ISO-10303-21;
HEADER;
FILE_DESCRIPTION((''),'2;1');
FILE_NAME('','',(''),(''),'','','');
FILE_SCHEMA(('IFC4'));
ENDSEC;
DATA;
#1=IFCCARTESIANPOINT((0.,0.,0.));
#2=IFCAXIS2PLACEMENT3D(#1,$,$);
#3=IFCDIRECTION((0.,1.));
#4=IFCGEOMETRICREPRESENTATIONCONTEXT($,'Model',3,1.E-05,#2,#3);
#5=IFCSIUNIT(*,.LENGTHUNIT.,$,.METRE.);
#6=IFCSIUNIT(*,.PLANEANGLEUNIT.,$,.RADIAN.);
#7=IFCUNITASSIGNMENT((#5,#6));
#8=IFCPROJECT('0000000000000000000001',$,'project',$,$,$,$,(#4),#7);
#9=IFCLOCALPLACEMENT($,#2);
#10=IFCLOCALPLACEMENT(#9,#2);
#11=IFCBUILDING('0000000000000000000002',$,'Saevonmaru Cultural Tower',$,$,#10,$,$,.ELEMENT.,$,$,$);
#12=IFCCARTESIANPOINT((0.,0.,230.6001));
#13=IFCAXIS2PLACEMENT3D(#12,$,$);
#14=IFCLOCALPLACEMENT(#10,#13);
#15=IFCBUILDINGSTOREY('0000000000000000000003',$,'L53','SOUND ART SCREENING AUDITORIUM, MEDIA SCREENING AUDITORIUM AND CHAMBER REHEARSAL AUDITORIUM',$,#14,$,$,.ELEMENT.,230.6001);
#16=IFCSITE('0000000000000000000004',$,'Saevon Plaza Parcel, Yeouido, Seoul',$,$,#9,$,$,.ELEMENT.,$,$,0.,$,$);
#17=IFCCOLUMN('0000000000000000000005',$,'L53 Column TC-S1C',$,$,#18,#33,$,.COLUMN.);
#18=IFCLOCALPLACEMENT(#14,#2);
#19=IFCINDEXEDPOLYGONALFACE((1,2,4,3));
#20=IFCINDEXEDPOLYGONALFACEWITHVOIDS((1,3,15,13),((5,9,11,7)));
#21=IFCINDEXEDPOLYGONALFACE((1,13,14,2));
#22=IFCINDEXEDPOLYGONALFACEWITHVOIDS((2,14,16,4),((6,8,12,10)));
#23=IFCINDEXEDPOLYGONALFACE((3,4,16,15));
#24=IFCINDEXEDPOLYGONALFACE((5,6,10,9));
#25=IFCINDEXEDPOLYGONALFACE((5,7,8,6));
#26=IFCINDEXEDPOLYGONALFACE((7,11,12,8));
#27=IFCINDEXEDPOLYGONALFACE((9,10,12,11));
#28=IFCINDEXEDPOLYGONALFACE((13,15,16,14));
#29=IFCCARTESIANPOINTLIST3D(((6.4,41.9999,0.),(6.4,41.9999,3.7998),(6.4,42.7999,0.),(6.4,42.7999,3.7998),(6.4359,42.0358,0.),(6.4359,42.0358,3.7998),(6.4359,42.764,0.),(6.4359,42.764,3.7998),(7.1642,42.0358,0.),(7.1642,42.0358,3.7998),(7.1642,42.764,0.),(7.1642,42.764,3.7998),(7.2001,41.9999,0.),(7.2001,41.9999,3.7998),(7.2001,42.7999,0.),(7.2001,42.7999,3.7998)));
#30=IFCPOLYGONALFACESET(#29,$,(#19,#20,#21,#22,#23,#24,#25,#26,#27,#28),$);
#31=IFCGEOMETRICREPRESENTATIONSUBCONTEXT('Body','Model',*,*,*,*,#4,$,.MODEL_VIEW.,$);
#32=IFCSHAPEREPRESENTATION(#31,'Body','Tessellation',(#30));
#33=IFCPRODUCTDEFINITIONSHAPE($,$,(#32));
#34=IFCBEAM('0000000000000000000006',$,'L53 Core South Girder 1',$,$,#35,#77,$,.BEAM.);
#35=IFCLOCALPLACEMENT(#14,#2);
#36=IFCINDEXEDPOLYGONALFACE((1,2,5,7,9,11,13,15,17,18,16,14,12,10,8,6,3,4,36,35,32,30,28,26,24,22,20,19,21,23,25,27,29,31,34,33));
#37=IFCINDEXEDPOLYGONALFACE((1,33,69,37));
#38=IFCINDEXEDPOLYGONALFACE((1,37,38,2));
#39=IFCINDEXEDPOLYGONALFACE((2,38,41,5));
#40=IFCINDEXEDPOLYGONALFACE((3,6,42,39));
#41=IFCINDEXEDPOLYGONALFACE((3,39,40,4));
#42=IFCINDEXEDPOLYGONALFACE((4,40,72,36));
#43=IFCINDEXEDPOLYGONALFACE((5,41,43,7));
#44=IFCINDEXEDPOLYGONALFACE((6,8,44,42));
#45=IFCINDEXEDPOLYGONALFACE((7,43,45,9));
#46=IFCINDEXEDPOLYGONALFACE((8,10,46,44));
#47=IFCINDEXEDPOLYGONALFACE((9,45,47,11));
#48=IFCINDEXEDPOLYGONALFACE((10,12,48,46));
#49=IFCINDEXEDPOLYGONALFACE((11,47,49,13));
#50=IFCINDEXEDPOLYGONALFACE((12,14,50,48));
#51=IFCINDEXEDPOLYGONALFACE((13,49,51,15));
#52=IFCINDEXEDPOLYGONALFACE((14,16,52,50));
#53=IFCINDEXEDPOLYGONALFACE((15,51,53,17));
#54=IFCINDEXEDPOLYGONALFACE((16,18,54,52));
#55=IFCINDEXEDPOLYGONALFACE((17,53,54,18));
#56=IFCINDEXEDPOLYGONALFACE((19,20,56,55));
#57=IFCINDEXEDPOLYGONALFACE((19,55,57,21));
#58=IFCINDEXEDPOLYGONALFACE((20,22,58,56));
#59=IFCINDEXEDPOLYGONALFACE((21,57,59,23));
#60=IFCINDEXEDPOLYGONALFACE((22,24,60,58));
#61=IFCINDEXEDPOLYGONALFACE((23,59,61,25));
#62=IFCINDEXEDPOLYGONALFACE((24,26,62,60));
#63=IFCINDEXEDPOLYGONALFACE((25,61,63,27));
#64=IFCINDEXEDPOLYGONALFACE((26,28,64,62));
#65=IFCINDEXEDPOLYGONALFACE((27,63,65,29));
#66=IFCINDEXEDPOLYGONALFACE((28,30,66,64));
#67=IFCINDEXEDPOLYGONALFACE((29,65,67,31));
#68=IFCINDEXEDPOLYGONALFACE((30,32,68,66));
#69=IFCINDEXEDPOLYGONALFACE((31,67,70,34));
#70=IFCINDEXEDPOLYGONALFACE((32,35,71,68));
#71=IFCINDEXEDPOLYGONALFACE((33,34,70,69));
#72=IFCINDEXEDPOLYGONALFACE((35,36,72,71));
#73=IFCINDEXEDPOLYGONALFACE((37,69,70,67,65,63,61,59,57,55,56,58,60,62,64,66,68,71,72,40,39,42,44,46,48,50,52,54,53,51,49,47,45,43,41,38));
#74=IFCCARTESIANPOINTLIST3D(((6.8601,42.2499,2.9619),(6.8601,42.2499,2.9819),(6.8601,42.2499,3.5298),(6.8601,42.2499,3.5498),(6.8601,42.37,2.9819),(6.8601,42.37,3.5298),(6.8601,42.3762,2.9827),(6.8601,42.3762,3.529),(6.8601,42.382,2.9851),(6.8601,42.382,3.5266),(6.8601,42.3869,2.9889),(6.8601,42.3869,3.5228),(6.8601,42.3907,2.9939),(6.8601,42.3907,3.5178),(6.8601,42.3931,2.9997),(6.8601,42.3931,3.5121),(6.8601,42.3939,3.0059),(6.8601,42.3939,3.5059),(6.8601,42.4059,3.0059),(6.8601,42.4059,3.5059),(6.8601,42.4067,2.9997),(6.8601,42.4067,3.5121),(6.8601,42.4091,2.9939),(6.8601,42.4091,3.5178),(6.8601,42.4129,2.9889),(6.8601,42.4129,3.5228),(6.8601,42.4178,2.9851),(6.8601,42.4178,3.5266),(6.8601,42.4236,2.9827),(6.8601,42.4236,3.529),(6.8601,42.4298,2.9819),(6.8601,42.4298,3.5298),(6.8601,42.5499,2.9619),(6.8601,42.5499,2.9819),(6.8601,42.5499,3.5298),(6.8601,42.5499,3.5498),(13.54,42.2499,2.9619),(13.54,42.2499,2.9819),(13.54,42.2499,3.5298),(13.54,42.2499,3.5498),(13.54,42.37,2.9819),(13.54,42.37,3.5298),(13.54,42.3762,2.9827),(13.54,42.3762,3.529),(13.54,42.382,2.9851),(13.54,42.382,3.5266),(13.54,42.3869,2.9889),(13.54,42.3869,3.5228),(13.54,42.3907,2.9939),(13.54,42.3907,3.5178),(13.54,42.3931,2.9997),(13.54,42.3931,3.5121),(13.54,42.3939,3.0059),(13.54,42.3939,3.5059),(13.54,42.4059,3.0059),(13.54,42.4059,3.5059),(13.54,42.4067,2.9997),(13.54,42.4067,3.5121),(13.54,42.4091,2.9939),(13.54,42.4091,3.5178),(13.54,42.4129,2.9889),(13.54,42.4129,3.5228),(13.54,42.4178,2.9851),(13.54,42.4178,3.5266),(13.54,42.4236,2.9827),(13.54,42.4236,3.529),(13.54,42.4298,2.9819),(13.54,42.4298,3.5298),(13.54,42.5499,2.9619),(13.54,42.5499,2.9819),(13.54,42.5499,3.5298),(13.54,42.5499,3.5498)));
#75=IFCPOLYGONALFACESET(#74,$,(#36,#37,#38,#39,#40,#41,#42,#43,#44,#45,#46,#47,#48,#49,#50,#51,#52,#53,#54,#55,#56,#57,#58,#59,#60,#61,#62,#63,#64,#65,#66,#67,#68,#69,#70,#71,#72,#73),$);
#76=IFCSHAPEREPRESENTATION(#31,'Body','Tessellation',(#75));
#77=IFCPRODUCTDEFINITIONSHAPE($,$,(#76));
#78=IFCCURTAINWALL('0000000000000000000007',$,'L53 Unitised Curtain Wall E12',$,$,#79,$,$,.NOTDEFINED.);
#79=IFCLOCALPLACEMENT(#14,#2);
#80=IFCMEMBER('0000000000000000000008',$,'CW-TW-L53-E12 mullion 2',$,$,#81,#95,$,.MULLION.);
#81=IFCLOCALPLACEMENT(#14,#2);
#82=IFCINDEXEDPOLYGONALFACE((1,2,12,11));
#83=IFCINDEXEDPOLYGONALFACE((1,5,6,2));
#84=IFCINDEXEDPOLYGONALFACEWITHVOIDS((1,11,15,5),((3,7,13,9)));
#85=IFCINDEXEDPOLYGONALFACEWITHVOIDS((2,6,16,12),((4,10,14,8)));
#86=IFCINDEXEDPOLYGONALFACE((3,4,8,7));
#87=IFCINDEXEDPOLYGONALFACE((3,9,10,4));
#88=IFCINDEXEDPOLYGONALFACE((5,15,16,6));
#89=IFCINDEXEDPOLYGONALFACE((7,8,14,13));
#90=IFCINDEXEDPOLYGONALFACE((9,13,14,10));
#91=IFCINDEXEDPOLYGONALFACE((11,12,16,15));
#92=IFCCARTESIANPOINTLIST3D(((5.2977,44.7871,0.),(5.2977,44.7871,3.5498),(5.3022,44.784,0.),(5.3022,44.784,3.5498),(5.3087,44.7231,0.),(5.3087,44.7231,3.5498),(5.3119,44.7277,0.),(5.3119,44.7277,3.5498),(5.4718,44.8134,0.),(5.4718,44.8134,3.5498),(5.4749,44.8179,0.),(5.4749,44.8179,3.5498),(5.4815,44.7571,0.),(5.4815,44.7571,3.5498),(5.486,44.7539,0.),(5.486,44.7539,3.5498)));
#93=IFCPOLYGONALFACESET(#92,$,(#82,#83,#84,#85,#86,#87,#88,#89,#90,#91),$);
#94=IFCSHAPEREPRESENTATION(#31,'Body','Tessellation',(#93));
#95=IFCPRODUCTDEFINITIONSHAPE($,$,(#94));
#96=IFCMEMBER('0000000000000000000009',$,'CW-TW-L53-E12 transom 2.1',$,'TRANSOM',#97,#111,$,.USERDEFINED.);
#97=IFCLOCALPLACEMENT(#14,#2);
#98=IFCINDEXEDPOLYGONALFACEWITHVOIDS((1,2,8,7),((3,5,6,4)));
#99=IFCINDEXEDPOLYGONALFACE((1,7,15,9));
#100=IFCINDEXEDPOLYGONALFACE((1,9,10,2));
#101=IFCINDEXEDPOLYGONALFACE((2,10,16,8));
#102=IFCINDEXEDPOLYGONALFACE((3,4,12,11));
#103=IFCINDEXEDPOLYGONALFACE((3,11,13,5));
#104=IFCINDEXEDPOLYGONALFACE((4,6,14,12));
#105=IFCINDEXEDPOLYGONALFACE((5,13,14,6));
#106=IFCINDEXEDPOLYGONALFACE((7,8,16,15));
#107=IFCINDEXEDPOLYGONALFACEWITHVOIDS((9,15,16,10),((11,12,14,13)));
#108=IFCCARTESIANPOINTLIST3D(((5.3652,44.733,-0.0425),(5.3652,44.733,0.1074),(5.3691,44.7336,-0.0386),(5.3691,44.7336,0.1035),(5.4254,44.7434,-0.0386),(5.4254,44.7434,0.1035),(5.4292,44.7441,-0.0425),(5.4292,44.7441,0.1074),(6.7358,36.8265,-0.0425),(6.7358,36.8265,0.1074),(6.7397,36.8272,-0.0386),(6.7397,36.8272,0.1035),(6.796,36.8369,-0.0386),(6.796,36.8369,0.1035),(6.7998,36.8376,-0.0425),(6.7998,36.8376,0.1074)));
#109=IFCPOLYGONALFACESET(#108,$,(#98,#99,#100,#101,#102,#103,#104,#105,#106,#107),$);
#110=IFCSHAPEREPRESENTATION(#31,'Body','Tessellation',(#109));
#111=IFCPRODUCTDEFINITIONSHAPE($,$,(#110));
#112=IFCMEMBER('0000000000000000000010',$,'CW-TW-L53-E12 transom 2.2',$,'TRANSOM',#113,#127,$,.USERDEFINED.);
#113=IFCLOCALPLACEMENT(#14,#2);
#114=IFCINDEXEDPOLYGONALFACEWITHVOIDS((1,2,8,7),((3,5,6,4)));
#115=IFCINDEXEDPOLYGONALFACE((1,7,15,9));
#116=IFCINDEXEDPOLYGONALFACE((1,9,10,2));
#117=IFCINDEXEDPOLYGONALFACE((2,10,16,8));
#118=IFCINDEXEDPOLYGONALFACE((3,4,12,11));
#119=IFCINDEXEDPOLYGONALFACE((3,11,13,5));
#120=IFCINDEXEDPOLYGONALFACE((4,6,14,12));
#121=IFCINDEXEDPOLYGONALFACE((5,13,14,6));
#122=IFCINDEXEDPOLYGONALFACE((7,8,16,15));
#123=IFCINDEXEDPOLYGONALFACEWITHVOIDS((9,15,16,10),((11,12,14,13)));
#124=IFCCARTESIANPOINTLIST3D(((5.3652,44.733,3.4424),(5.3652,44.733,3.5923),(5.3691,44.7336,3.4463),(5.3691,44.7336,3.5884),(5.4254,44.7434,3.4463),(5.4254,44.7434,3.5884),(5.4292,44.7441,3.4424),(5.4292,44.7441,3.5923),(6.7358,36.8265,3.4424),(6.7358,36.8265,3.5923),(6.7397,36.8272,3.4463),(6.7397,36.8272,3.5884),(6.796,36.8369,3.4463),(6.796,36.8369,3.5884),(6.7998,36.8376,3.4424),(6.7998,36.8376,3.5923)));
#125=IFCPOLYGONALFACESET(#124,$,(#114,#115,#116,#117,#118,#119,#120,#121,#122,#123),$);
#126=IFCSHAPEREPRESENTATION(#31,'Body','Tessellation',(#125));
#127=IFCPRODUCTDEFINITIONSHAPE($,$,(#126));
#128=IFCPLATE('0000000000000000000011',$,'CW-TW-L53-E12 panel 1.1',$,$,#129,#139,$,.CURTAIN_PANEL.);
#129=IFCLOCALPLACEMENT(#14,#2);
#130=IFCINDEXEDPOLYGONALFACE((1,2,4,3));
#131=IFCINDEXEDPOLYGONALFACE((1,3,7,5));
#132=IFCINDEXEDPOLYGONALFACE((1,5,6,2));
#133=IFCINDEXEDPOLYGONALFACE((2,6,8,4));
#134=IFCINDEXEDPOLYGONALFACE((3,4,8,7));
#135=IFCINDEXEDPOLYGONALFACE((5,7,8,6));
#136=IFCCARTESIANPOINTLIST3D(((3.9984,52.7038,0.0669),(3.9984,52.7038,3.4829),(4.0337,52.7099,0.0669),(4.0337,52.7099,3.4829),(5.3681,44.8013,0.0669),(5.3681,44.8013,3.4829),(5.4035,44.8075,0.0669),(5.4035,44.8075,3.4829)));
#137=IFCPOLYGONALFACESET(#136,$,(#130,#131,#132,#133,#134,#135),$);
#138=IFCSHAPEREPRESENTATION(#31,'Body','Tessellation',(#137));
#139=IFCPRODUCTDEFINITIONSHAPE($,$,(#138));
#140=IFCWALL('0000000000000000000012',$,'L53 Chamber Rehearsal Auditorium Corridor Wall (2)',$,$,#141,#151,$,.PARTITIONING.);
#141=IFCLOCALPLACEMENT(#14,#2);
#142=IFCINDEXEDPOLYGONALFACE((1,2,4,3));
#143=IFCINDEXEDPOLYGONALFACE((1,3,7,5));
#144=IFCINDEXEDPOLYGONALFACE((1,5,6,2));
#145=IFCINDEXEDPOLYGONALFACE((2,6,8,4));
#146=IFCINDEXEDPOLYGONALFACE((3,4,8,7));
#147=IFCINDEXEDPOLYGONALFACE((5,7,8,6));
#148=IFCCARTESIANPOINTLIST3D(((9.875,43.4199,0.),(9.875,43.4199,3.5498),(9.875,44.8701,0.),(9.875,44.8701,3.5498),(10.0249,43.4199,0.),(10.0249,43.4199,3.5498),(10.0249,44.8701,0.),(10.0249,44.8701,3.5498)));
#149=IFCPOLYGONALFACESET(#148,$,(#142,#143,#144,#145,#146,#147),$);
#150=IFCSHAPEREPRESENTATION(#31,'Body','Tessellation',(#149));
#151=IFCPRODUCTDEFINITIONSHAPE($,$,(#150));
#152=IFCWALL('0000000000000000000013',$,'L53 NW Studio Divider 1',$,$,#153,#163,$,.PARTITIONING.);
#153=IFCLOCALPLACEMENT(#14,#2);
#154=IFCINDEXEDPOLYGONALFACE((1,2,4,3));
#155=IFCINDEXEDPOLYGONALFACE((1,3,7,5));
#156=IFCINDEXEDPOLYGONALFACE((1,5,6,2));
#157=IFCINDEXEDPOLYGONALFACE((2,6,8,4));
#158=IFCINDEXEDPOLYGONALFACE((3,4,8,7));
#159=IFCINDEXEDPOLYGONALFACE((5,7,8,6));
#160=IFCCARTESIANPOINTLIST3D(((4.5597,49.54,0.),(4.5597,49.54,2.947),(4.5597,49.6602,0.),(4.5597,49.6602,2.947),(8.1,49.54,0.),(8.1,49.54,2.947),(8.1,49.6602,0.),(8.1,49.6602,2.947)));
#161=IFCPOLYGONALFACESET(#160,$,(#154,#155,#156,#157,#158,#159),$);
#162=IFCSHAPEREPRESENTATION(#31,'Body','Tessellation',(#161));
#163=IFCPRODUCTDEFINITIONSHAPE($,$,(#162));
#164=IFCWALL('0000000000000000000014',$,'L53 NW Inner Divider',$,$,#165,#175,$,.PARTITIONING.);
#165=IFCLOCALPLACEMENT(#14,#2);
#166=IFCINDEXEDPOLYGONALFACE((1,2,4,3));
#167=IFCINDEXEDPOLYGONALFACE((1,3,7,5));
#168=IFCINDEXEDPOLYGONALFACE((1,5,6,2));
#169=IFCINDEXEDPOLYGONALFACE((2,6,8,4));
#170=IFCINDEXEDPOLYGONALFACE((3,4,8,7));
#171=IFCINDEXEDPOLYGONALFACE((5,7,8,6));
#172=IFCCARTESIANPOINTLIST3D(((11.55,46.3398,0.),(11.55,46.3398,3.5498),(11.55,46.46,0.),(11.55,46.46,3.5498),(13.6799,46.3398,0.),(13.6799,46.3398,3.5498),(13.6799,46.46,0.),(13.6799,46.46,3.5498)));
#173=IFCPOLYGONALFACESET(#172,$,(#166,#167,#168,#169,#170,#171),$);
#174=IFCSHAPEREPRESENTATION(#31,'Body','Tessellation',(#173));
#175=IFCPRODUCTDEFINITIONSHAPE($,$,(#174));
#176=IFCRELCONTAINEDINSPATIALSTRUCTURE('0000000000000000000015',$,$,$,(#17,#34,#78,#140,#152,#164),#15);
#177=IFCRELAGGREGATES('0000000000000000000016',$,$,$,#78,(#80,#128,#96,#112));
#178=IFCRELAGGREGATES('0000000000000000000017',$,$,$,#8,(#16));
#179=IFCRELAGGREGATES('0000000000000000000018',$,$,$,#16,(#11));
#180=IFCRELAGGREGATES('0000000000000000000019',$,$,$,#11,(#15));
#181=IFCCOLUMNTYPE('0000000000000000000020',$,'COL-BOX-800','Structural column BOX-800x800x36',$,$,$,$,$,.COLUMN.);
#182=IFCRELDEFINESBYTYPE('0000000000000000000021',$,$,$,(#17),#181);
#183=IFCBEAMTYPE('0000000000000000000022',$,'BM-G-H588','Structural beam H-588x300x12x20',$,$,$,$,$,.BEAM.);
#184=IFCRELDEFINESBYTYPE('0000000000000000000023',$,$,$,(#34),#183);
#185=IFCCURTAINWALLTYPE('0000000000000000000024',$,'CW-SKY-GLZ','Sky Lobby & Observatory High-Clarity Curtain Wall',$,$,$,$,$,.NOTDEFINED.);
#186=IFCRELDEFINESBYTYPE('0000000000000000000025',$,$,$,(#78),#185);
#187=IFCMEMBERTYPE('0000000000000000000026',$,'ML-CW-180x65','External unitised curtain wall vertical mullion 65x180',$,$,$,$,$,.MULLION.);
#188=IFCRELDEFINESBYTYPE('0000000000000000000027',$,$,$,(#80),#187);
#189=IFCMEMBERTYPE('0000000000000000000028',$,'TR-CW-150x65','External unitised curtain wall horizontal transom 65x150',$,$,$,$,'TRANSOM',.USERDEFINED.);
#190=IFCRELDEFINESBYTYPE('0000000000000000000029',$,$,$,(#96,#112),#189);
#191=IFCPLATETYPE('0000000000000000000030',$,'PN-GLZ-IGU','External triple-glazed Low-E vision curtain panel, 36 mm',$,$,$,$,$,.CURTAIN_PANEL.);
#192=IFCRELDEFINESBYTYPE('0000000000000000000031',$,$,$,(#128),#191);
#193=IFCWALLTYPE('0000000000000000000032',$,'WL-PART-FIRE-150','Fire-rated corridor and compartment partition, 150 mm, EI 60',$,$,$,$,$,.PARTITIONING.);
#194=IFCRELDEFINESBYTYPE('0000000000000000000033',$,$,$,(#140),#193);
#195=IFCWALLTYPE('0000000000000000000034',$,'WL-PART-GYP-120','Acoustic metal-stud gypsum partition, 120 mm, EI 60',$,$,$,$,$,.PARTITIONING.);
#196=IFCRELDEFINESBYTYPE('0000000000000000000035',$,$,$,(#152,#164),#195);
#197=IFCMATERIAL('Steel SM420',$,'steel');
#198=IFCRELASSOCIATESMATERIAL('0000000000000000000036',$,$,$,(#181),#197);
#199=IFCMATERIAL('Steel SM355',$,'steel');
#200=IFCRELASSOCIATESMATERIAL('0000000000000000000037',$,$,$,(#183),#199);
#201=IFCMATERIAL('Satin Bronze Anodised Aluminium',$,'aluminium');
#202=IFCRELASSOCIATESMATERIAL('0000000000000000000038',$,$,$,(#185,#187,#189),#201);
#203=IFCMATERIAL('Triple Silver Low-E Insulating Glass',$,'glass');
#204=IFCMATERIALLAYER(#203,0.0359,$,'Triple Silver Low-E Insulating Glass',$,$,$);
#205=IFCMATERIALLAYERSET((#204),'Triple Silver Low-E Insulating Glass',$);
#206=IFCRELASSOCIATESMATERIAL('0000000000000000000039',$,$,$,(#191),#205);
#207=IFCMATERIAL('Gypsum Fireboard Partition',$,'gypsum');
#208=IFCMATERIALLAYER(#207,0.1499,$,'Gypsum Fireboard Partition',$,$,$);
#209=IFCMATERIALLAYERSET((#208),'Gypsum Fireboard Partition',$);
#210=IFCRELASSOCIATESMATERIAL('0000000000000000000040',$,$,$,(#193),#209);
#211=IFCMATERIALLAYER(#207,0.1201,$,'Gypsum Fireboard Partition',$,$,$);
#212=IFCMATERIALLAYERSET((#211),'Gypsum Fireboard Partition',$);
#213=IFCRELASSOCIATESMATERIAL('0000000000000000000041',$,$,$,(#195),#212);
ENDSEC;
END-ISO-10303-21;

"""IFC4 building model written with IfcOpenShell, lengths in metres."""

from ifc_helpers import new_model, si_unit, direction, frame, frame_2d, origin, origin_2d, place, context, subcontext, project, spatial, rectangle, hollow_rectangle, i_section, extrude, material, layer, layer_set, material_profile, profile_set, type_object, element, aggregate, save


model = new_model("IFC4")

# Units and contexts
model_context = context("Model", 3, precision=1e-05, world=origin(), true_north=direction((0.0, 1.0)))
body_context = subcontext(model_context, "Body", "Model", "MODEL_VIEW")
ifc_project = project(units=[si_unit("LENGTHUNIT", "METRE"), si_unit("PLANEANGLEUNIT", "RADIAN")], contexts=[model_context])

# Site, building, storey
site_placement = place(None, origin())
site = spatial("IfcSite", under=ifc_project, at=site_placement, Name="Saevon Plaza Parcel, Yeouido, Seoul", CompositionType="ELEMENT", RefElevation=0.0)
building_placement = place(site_placement, origin())
building = spatial("IfcBuilding", under=site, at=building_placement, Name="Saevonmaru Cultural Tower", CompositionType="ELEMENT")
storey_placement = place(building_placement, frame((0.0, 0.0, 230.6001)))
storey = spatial("IfcBuildingStorey", under=building, at=storey_placement, Name="L53", Description="SOUND ART SCREENING AUDITORIUM, MEDIA SCREENING AUDITORIUM AND CHAMBER REHEARSAL AUDITORIUM", CompositionType="ELEMENT", Elevation=230.6001)

# Column
ifc_material_1 = material(Name="Steel SM420", Category="steel")
ifc_material_profile_1 = material_profile(ifc_material_1, hollow_rectangle(XDim=0.8, YDim=0.8, WallThickness=0.0359, at=origin_2d()), Name="BOX-800x800x36")
ifc_profile_set_1 = profile_set([ifc_material_profile_1], Name="Steel SM420")
column_type = type_object("IfcColumnType", Name="COL-BOX-800", Description="Structural column BOX-800x800x36", PredefinedType="COLUMN", material=ifc_profile_set_1)
column_placement = place(storey_placement, frame((6.8, 42.3999, 0.0), z_axis=(0.0, 0.0, 1.0), x_axis=(1.0, 0.0, 0.0)))
element("IfcColumn", 1, at=column_placement, inside=storey, type_object=column_type, Name="L53 Column TC-S1C", PredefinedType="COLUMN", context=body_context, shape_type="SweptSolid", body=[
    extrude(hollow_rectangle(XDim=0.8, YDim=0.8, WallThickness=0.0359, at=origin_2d()), origin(), (0.0, 0.0, 1.0), 3.7998),
])

# Beam
ifc_material_2 = material(Name="Steel SM355", Category="steel")
ifc_material_profile_2 = material_profile(ifc_material_2, i_section(OverallWidth=0.3, OverallDepth=0.5879, WebThickness=0.012, FlangeThickness=0.02, FilletRadius=0.0239, at=origin_2d()), Name="H-588x300x12x20")
ifc_profile_set_2 = profile_set([ifc_material_profile_2], Name="Steel SM355")
beam_type = type_object("IfcBeamType", Name="BM-G-H588", Description="Structural beam H-588x300x12x20", PredefinedType="BEAM", material=ifc_profile_set_2)
beam_placement = place(storey_placement, frame((6.8601, 42.3999, 3.2559), z_axis=(1.0, 0.0, 0.0), x_axis=(0.0, 1.0, 0.0)))
element("IfcBeam", 2, at=beam_placement, inside=storey, type_object=beam_type, Name="L53 Core South Girder 1", PredefinedType="BEAM", context=body_context, shape_type="SweptSolid", body=[
    extrude(i_section(OverallWidth=0.3, OverallDepth=0.5879, WebThickness=0.012, FlangeThickness=0.02, FilletRadius=0.0239, at=origin_2d()), origin(), (0.0, 0.0, 1.0), 6.6799),
])

# Curtain wall, members, plate
ifc_material_3 = material(Name="Satin Bronze Anodised Aluminium", Category="aluminium")
curtain_wall_type = type_object("IfcCurtainWallType", Name="CW-SKY-GLZ", Description="Sky Lobby & Observatory High-Clarity Curtain Wall", PredefinedType="NOTDEFINED", material=ifc_material_3)
curtain_wall_placement = place(storey_placement, origin())
curtain_wall = element("IfcCurtainWall", 3, at=curtain_wall_placement, inside=storey, type_object=curtain_wall_type, Name="L53 Unitised Curtain Wall E12", PredefinedType="NOTDEFINED")
ifc_material_profile_3 = material_profile(ifc_material_3, hollow_rectangle(XDim=0.0649, YDim=0.1799, WallThickness=0.0039, at=origin_2d()), Name="ALU-MULL-180x65x4")
ifc_profile_set_3 = profile_set([ifc_material_profile_3], Name="Satin Bronze Anodised Aluminium")
member_type_1 = type_object("IfcMemberType", Name="ML-CW-180x65", Description="External unitised curtain wall vertical mullion 65x180", PredefinedType="MULLION", material=ifc_profile_set_3)
member_1_placement = place(storey_placement, frame((5.3918, 44.7705, 0.0), z_axis=(0.0, 0.0, 1.0), x_axis=(0.17079, -0.985307, 0.0)))
member_1 = element("IfcMember", 4, at=member_1_placement, type_object=member_type_1, Name="CW-TW-L53-E12 mullion 2", PredefinedType="MULLION", context=body_context, shape_type="SweptSolid", body=[
    extrude(hollow_rectangle(XDim=0.0649, YDim=0.1799, WallThickness=0.0039, at=origin_2d()), origin(), (0.0, 0.0, 1.0), 3.5498),
])
ifc_material_profile_4 = material_profile(ifc_material_3, hollow_rectangle(XDim=0.0649, YDim=0.1499, WallThickness=0.0039, at=origin_2d()), Name="ALU-TRAN-150x65x4")
ifc_profile_set_4 = profile_set([ifc_material_profile_4], Name="Satin Bronze Anodised Aluminium")
member_type_2 = type_object("IfcMemberType", Name="TR-CW-150x65", Description="External unitised curtain wall horizontal transom 65x150", ElementType="TRANSOM", PredefinedType="USERDEFINED", material=ifc_profile_set_4)
member_2_placement = place(storey_placement, frame((5.3972, 44.7385, 0.0325), z_axis=(0.170804, -0.985305, 0.0), x_axis=(0.985305, 0.170804, 0.0)))
member_2 = element("IfcMember", 5, at=member_2_placement, type_object=member_type_2, Name="CW-TW-L53-E12 transom 2.1", ObjectType="TRANSOM", PredefinedType="USERDEFINED", context=body_context, shape_type="SweptSolid", body=[
    extrude(hollow_rectangle(XDim=0.0649, YDim=0.1499, WallThickness=0.0039, at=origin_2d()), origin(), (0.0, 0.0, 1.0), 8.0244),
])
member_3_placement = place(storey_placement, frame((5.3972, 44.7385, 3.5173), z_axis=(0.170804, -0.985305, 0.0), x_axis=(0.985305, 0.170804, 0.0)))
member_3 = element("IfcMember", 6, at=member_3_placement, type_object=member_type_2, Name="CW-TW-L53-E12 transom 2.2", ObjectType="TRANSOM", PredefinedType="USERDEFINED", context=body_context, shape_type="SweptSolid", body=[
    extrude(hollow_rectangle(XDim=0.0649, YDim=0.1499, WallThickness=0.0039, at=origin_2d()), origin(), (0.0, 0.0, 1.0), 8.0244),
])
ifc_material_4 = material(Name="Triple Silver Low-E Insulating Glass", Category="glass")
ifc_layer_1 = layer(ifc_material_4, 0.0359, Name="Triple Silver Low-E Insulating Glass")
ifc_layer_set_1 = layer_set([ifc_layer_1], Name="Triple Silver Low-E Insulating Glass")
plate_type = type_object("IfcPlateType", Name="PN-GLZ-IGU", Description="External triple-glazed Low-E vision curtain panel, 36 mm", PredefinedType="CURTAIN_PANEL", material=ifc_layer_set_1)
plate_placement = place(storey_placement, frame((4.7009, 48.7556, 0.0669), z_axis=(0.0, 0.0, 1.0), x_axis=(0.17079, -0.985307, 0.0)))
plate = element("IfcPlate", 7, at=plate_placement, type_object=plate_type, Name="CW-TW-L53-E12 panel 1.1", PredefinedType="CURTAIN_PANEL", context=body_context, shape_type="SweptSolid", body=[
    extrude(rectangle(XDim=8.0203, YDim=0.0359, at=origin_2d()), origin(), (0.0, 0.0, 1.0), 3.416),
])
aggregate(curtain_wall, [member_1, plate, member_2, member_3])

# Walls
ifc_material_5 = material(Name="Gypsum Fireboard Partition", Category="gypsum")
ifc_layer_2 = layer(ifc_material_5, 0.1499, Name="Gypsum Fireboard Partition")
ifc_layer_set_2 = layer_set([ifc_layer_2], Name="Gypsum Fireboard Partition")
wall_type_1 = type_object("IfcWallType", Name="WL-PART-FIRE-150", Description="Fire-rated corridor and compartment partition, 150 mm, EI 60", PredefinedType="PARTITIONING", material=ifc_layer_set_2)
wall_1_placement = place(storey_placement, frame((9.95, 43.4199, 0.0), z_axis=(0.0, 0.0, 1.0), x_axis=(0.0, 1.0, 0.0)))
element("IfcWall", 8, at=wall_1_placement, inside=storey, type_object=wall_type_1, Name="L53 Chamber Rehearsal Auditorium Corridor Wall (2)", PredefinedType="PARTITIONING", context=body_context, shape_type="SweptSolid", body=[
    extrude(rectangle(XDim=1.4502, YDim=0.1499, at=frame_2d((0.7251, 0.0))), origin(), (0.0, 0.0, 1.0), 3.5498),
])
ifc_layer_3 = layer(ifc_material_5, 0.1201, Name="Gypsum Fireboard Partition")
ifc_layer_set_3 = layer_set([ifc_layer_3], Name="Gypsum Fireboard Partition")
wall_type_2 = type_object("IfcWallType", Name="WL-PART-GYP-120", Description="Acoustic metal-stud gypsum partition, 120 mm, EI 60", PredefinedType="PARTITIONING", material=ifc_layer_set_3)
wall_2_placement = place(storey_placement, frame((4.5598, 49.6001, 0.0), z_axis=(0.0, 0.0, 1.0), x_axis=(1.0, 0.0, 0.0)))
element("IfcWall", 9, at=wall_2_placement, inside=storey, type_object=wall_type_2, Name="L53 NW Studio Divider 1", PredefinedType="PARTITIONING", context=body_context, shape_type="SweptSolid", body=[
    extrude(rectangle(XDim=3.5403, YDim=0.1201, at=frame_2d((1.77, 0.0))), origin(), (0.0, 0.0, 1.0), 2.947),
])
wall_3_placement = place(storey_placement, frame((11.55, 46.3999, 0.0), z_axis=(0.0, 0.0, 1.0), x_axis=(1.0, 0.0, 0.0)))
element("IfcWall", 10, at=wall_3_placement, inside=storey, type_object=wall_type_2, Name="L53 NW Inner Divider", PredefinedType="PARTITIONING", context=body_context, shape_type="SweptSolid", body=[
    extrude(rectangle(XDim=2.1299, YDim=0.1201, at=frame_2d((1.0649, 0.0))), origin(), (0.0, 0.0, 1.0), 3.5498),
])

save(model, "model.ifc")
